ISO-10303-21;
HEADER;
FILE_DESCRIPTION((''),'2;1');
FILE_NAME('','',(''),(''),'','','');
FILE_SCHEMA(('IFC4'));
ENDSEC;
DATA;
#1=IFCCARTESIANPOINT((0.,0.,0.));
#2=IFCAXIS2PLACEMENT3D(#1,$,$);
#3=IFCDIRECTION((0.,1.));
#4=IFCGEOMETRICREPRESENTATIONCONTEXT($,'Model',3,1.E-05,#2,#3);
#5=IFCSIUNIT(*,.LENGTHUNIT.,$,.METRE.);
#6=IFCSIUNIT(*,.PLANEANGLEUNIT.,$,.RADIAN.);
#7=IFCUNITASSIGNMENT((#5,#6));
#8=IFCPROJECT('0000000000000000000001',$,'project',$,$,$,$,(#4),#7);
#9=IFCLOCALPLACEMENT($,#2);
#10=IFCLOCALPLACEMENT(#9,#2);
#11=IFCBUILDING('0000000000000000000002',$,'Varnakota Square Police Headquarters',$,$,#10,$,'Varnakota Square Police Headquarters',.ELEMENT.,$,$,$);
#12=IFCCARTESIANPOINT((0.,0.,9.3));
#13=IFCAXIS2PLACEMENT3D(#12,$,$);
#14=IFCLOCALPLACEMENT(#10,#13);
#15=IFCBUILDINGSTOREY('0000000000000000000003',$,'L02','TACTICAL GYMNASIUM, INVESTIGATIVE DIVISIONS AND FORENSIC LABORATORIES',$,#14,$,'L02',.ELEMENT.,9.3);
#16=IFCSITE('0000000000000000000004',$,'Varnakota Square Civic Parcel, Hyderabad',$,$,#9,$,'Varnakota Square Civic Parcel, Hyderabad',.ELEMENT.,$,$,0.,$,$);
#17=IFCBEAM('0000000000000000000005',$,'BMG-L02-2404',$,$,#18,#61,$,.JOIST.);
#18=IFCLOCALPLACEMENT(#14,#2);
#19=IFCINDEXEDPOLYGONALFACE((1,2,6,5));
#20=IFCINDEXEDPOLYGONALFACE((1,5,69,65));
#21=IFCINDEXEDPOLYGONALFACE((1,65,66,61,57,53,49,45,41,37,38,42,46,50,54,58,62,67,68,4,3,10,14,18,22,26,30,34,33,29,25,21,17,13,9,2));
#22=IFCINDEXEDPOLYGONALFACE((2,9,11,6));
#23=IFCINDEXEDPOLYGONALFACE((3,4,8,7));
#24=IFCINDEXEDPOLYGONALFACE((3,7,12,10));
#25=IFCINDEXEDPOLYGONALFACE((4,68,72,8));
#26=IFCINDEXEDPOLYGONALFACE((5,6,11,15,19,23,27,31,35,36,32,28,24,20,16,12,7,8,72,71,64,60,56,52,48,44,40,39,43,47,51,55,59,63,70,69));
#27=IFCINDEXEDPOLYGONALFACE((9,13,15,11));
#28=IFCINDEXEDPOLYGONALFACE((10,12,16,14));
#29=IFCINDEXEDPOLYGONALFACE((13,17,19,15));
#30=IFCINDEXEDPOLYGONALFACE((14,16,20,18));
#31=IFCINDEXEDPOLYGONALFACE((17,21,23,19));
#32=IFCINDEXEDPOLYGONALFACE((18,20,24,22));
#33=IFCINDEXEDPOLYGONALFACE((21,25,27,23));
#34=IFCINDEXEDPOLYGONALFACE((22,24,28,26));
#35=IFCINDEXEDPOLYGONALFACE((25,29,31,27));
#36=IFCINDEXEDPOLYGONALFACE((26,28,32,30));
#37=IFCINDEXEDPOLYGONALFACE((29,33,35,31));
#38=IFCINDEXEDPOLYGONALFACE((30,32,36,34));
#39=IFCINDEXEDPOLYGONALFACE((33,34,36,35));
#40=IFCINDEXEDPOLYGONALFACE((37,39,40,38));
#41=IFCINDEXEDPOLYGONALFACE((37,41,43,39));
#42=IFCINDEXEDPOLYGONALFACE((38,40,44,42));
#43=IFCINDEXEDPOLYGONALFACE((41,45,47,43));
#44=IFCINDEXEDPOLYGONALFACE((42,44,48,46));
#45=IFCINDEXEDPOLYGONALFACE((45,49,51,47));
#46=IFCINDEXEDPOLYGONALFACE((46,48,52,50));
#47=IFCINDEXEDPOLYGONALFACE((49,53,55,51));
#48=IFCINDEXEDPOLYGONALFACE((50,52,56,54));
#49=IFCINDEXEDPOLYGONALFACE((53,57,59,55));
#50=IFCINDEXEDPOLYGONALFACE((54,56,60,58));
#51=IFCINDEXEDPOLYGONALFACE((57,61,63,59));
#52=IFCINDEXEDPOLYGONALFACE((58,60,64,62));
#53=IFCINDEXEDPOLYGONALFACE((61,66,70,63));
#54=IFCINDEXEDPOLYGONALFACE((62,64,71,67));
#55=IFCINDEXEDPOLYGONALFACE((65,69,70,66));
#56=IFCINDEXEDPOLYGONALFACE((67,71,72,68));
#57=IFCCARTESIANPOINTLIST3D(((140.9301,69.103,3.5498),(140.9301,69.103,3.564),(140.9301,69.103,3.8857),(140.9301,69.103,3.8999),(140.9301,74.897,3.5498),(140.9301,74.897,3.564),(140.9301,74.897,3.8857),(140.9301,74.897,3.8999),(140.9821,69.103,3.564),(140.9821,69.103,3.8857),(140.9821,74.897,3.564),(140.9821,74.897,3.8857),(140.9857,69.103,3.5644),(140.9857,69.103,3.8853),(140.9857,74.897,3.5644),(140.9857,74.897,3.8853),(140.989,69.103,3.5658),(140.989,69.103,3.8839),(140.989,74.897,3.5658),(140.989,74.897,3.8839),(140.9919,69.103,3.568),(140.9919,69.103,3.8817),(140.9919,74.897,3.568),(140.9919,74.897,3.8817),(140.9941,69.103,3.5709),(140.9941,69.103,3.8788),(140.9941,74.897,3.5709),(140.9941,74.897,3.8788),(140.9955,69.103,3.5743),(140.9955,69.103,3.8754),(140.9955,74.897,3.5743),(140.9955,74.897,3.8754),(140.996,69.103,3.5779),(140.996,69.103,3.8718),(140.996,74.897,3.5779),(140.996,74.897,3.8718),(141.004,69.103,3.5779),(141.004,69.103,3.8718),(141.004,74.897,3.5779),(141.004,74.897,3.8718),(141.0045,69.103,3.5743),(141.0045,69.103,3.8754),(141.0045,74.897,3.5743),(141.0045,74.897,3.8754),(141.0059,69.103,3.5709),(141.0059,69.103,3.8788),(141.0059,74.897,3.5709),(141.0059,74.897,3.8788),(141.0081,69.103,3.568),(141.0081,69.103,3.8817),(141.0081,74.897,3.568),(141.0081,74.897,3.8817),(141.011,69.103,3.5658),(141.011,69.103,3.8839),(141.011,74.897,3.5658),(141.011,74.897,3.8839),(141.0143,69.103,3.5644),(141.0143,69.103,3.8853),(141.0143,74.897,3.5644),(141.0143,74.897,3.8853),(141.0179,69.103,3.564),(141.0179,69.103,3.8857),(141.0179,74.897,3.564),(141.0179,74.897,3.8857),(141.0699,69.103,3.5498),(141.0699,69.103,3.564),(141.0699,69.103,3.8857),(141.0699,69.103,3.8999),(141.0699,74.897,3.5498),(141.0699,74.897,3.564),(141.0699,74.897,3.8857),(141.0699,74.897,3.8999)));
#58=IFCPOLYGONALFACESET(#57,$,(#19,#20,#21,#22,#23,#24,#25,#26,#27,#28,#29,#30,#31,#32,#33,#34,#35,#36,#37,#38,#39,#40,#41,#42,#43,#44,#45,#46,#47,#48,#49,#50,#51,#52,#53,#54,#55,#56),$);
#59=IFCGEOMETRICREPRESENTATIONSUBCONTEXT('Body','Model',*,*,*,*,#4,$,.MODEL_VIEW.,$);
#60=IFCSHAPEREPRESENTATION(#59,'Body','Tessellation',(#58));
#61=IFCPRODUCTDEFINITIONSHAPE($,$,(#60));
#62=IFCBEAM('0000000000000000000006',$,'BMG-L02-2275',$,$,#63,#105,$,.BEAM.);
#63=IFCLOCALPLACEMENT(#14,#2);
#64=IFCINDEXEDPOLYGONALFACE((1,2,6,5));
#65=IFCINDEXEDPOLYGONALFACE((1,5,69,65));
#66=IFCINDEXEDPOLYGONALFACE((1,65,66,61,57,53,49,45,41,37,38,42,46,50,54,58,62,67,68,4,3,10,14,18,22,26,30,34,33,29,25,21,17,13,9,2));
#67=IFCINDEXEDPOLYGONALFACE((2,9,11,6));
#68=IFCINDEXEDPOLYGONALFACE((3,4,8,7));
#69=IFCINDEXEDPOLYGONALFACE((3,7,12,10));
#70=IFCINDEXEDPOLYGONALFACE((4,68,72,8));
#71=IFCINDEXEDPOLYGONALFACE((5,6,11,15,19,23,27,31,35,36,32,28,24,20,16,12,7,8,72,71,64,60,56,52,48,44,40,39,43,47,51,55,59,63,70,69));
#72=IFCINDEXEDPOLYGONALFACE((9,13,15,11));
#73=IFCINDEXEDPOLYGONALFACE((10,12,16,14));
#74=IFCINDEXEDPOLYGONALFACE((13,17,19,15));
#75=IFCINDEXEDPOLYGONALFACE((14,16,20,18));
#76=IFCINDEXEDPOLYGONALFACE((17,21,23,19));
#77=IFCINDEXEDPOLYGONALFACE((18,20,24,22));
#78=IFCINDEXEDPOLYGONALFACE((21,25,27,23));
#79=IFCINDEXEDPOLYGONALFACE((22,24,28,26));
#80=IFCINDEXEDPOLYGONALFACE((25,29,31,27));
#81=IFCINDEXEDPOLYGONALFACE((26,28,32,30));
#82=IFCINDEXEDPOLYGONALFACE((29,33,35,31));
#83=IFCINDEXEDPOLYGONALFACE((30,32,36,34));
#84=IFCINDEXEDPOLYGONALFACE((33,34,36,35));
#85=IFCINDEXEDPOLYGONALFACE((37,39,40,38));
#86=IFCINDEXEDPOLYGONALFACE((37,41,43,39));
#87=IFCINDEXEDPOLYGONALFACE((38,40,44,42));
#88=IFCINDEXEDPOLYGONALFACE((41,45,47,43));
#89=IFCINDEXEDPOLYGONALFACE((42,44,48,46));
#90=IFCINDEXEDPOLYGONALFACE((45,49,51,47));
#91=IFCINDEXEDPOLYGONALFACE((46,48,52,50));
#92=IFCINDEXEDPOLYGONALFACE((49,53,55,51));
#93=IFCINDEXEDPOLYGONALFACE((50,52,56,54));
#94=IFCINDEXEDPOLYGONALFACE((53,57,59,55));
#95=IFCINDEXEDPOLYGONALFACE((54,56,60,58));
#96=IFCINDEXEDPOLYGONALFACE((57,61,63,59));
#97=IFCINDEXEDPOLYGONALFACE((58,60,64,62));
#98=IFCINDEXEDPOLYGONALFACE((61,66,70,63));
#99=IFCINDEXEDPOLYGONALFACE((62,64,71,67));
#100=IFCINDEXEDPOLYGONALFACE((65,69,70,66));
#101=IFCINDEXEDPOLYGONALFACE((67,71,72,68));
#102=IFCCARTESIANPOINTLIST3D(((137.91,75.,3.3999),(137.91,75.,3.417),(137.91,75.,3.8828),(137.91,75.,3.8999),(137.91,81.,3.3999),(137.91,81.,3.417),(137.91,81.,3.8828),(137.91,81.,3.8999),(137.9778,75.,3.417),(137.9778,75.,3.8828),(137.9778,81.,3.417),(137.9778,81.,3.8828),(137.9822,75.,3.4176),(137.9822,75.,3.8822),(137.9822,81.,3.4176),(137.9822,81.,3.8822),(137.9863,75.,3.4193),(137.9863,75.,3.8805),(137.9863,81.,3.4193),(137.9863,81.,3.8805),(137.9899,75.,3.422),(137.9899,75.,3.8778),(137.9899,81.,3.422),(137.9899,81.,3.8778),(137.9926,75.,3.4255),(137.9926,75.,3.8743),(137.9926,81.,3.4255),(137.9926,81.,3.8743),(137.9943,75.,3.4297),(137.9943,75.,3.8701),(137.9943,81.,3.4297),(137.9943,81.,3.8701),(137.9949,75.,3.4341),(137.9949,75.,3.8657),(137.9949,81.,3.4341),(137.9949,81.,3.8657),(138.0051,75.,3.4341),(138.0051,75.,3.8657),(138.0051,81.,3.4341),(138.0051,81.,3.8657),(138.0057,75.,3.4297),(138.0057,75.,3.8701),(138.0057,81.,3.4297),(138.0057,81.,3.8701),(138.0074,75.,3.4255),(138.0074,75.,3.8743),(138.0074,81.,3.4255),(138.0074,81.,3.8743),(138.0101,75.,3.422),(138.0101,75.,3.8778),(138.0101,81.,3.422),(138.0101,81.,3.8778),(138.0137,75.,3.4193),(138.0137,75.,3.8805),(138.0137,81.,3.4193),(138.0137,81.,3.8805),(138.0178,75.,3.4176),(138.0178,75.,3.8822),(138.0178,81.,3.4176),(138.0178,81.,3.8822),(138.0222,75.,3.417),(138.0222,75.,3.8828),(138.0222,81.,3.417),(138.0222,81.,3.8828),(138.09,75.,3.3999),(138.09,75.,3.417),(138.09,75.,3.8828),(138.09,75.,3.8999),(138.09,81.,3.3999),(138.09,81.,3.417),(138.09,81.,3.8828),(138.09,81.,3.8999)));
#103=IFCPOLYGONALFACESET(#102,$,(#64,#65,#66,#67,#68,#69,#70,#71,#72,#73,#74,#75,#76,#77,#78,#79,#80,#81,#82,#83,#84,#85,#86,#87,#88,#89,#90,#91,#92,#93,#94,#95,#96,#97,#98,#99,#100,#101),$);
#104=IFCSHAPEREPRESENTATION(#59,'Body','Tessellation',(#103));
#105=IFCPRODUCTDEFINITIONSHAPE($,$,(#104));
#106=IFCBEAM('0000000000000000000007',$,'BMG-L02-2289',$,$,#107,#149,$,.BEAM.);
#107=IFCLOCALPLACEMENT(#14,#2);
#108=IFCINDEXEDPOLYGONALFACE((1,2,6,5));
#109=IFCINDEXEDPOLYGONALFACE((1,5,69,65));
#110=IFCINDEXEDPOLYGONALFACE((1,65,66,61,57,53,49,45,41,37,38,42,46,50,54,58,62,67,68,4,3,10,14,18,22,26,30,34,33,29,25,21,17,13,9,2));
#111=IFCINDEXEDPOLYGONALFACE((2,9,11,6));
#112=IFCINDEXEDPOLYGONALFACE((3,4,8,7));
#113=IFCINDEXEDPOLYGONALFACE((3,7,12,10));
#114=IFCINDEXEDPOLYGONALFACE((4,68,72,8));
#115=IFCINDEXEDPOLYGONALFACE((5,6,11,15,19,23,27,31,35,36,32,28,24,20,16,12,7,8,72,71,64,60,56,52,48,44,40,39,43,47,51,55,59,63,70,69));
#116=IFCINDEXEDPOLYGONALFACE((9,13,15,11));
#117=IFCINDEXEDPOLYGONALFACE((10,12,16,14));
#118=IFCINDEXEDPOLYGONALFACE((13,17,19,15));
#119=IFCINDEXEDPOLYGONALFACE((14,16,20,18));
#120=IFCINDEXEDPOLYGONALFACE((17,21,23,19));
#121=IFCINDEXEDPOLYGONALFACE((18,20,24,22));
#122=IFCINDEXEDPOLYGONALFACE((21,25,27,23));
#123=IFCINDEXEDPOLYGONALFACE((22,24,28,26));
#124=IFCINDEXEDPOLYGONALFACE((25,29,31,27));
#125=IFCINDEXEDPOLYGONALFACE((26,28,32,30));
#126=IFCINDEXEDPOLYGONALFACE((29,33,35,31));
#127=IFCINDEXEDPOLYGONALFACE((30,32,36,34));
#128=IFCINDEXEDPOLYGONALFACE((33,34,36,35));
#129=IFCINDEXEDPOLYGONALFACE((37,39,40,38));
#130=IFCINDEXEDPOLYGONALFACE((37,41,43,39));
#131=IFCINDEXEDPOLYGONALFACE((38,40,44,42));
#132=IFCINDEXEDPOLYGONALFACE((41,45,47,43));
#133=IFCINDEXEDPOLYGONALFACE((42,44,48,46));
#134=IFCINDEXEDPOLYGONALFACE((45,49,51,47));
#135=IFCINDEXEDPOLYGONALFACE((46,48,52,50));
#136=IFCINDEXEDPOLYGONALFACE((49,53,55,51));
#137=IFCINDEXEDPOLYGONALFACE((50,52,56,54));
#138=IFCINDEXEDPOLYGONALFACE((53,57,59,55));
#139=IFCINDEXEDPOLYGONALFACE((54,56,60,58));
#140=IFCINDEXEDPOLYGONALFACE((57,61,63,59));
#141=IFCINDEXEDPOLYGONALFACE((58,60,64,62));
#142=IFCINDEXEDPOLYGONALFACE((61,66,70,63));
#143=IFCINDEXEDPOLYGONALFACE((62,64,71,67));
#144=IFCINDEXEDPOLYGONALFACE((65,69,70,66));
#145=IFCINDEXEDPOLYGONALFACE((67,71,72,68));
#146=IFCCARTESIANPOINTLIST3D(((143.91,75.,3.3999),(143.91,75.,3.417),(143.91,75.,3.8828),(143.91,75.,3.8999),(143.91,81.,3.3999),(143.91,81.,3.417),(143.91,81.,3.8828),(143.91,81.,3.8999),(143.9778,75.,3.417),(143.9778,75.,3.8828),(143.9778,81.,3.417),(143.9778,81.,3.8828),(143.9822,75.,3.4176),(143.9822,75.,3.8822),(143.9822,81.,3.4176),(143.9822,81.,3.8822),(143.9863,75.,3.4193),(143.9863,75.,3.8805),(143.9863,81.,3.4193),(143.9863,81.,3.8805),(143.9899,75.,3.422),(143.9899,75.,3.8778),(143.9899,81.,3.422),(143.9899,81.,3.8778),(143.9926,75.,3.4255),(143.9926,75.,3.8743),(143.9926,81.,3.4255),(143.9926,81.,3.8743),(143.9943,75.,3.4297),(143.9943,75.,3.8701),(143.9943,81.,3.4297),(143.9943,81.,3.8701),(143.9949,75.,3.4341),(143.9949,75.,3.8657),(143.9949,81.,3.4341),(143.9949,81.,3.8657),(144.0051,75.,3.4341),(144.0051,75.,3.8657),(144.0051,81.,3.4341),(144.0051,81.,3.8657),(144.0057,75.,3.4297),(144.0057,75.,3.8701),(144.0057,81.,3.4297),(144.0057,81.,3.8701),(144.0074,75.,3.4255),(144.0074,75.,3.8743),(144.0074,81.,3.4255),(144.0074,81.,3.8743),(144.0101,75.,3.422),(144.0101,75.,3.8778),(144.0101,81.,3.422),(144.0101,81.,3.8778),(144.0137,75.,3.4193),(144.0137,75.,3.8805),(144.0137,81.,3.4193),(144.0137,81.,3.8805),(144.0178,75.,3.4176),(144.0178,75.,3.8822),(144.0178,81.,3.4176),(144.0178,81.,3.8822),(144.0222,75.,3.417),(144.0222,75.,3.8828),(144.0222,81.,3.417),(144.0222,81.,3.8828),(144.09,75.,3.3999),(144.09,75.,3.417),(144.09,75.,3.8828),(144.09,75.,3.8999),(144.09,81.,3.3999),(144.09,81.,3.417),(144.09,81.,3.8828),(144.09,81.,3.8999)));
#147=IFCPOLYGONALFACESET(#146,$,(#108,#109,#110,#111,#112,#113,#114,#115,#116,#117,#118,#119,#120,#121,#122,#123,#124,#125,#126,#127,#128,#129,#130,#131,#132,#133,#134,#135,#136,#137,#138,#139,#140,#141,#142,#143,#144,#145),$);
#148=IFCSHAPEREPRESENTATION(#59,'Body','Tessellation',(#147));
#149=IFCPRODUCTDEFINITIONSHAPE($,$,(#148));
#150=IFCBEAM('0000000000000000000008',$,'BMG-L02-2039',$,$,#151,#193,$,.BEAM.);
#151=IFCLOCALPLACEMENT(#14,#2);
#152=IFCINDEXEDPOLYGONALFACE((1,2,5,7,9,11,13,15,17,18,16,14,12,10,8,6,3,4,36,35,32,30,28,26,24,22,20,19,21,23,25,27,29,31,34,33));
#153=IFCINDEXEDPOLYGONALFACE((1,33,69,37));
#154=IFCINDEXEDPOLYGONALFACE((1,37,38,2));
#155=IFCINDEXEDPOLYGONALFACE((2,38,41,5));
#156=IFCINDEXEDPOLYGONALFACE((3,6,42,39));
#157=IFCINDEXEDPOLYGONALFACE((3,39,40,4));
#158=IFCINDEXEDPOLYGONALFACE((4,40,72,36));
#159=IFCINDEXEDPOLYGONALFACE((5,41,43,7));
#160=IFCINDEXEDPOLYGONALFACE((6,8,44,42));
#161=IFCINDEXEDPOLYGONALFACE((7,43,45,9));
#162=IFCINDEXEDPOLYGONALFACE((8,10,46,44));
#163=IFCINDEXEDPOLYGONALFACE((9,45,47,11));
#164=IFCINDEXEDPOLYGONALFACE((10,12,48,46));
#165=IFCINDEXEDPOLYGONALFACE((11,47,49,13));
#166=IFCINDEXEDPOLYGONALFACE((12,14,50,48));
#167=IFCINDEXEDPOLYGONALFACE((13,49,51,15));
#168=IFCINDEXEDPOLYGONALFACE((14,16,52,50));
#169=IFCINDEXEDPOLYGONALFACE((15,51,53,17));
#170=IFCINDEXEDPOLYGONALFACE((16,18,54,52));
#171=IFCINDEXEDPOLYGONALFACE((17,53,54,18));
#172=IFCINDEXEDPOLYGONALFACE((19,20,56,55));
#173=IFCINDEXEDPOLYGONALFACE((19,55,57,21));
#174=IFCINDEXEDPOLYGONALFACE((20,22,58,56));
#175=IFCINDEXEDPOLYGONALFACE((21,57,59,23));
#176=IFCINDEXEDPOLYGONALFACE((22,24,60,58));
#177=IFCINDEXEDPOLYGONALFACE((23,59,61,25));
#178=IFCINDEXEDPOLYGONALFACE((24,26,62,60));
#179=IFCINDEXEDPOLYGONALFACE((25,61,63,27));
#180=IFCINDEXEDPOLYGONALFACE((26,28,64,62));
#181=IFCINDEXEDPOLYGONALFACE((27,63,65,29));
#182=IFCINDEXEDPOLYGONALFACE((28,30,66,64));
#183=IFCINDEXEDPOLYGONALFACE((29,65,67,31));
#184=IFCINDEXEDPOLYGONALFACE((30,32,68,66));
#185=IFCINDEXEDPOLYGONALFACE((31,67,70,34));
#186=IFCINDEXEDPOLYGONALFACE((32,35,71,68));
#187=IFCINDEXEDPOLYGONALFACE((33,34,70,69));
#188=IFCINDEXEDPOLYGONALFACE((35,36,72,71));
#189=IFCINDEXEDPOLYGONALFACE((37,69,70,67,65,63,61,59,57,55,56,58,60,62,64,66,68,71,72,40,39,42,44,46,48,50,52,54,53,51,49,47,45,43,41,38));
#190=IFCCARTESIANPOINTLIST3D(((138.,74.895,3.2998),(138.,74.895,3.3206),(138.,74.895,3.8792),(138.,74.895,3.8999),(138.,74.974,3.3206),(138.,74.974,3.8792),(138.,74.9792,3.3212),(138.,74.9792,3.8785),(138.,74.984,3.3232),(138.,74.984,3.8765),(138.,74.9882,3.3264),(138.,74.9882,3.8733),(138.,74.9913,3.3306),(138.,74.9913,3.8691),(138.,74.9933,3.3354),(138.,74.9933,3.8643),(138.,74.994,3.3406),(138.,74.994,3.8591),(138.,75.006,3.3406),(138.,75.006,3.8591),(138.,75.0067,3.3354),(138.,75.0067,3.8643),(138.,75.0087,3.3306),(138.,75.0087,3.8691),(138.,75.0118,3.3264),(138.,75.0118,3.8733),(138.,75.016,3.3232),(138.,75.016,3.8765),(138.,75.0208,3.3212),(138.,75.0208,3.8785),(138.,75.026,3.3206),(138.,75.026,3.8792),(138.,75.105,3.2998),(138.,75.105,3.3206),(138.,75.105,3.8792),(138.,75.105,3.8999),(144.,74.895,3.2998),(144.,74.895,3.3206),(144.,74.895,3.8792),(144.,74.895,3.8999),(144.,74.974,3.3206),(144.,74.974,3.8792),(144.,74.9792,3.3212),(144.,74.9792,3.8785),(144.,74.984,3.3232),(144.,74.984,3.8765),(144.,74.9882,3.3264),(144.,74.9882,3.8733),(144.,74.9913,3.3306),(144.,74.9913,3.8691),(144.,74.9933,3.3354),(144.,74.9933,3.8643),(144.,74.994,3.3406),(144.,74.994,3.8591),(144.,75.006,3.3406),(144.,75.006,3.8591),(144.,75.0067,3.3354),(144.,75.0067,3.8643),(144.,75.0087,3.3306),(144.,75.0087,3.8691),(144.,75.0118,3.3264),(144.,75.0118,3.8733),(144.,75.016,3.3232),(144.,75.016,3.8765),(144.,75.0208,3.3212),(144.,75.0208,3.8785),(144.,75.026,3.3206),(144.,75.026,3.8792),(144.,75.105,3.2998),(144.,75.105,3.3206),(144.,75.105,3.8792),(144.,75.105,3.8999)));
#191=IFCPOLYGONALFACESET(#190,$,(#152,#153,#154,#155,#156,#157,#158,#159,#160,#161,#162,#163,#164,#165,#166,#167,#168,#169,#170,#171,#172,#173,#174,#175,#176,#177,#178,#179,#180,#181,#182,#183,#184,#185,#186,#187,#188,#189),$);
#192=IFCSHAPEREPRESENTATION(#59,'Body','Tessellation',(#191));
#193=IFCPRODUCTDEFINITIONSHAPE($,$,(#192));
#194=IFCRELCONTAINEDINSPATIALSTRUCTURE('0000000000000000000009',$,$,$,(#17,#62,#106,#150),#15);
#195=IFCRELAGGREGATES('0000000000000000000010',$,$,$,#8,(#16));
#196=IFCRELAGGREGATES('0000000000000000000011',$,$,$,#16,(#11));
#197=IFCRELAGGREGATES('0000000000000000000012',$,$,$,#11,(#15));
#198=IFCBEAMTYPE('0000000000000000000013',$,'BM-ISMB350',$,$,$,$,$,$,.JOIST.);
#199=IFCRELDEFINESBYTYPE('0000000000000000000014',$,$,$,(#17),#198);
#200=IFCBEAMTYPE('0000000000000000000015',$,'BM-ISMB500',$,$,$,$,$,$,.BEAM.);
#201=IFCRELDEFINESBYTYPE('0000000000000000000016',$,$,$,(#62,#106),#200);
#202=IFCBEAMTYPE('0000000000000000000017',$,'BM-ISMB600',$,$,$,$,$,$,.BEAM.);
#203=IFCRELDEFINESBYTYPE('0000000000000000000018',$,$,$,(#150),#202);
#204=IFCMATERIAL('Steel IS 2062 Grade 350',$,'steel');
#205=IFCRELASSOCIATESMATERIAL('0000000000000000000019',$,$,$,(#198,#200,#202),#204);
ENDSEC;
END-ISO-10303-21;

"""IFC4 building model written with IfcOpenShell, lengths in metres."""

from ifc_helpers import new_model, si_unit, direction, frame, origin, origin_2d, place, context, subcontext, project, spatial, i_section, extrude, material, material_profile, profile_set, type_object, element, save


model = new_model("IFC4")

# Units and contexts
model_context = context("Model", 3, precision=1e-05, world=origin(), true_north=direction((0.0, 1.0)))
body_context = subcontext(model_context, "Body", "Model", "MODEL_VIEW")
ifc_project = project(units=[si_unit("LENGTHUNIT", "METRE"), si_unit("PLANEANGLEUNIT", "RADIAN")], contexts=[model_context])

# Site, building, storey
site_placement = place(None, origin())
site = spatial("IfcSite", under=ifc_project, at=site_placement, Name="Varnakota Square Civic Parcel, Hyderabad", LongName="Varnakota Square Civic Parcel, Hyderabad", CompositionType="ELEMENT", RefElevation=0.0)
building_placement = place(site_placement, origin())
building = spatial("IfcBuilding", under=site, at=building_placement, Name="Varnakota Square Police Headquarters", LongName="Varnakota Square Police Headquarters", CompositionType="ELEMENT")
storey_placement = place(building_placement, frame((0.0, 0.0, 9.3)))
storey = spatial("IfcBuildingStorey", under=building, at=storey_placement, Name="L02", Description="TACTICAL GYMNASIUM, INVESTIGATIVE DIVISIONS AND FORENSIC LABORATORIES", LongName="L02", CompositionType="ELEMENT", Elevation=9.3)

# Shared definitions
ifc_material_1 = material(Name="Steel IS 2062 Grade 350", Category="steel")

# Beams
ifc_material_profile_1 = material_profile(ifc_material_1, i_section(OverallWidth=0.1399, OverallDepth=0.3501, WebThickness=0.0081, FlangeThickness=0.0142, FilletRadius=0.0139, at=origin_2d()), Name="ISMB 350")
ifc_profile_set_1 = profile_set([ifc_material_profile_1], Name="Steel IS 2062 Grade 350")
beam_type_1 = type_object("IfcBeamType", Name="BM-ISMB350", PredefinedType="JOIST", material=ifc_profile_set_1)
beam_1_placement = place(storey_placement, frame((141.0, 69.103, 3.7249), z_axis=(0.0, 1.0, 0.0), x_axis=(-1.0, 0.0, 0.0)))
element("IfcBeam", 1, at=beam_1_placement, inside=storey, type_object=beam_type_1, Name="BMG-L02-2404", PredefinedType="JOIST", context=body_context, shape_type="SweptSolid", body=[
    extrude(i_section(OverallWidth=0.1399, OverallDepth=0.3501, WebThickness=0.0081, FlangeThickness=0.0142, FilletRadius=0.0139, at=origin_2d()), origin(), (0.0, 0.0, 1.0), 5.7939),
])
ifc_material_profile_2 = material_profile(ifc_material_1, i_section(OverallWidth=0.1799, OverallDepth=0.5, WebThickness=0.0103, FlangeThickness=0.0171, FilletRadius=0.0171, at=origin_2d()), Name="ISMB 500")
ifc_profile_set_2 = profile_set([ifc_material_profile_2], Name="Steel IS 2062 Grade 350")
beam_type_2 = type_object("IfcBeamType", Name="BM-ISMB500", PredefinedType="BEAM", material=ifc_profile_set_2)
for number, where, z_axis, x_axis, name in (
    (2, (138.0, 75.0, 3.6499), (0.0, 1.0, 0.0), (-1.0, 0.0, 0.0), "BMG-L02-2275"),
    (3, (144.0, 75.0, 3.6499), (0.0, 1.0, 0.0), (-1.0, 0.0, 0.0), "BMG-L02-2289"),
):
    element("IfcBeam", number, at=place(storey_placement, frame(where, z_axis=z_axis, x_axis=x_axis)), inside=storey, type_object=beam_type_2, Name=name, PredefinedType="BEAM", context=body_context, shape_type="SweptSolid", body=[
        extrude(i_section(OverallWidth=0.1799, OverallDepth=0.5, WebThickness=0.0103, FlangeThickness=0.0171, FilletRadius=0.0171, at=origin_2d()), origin(), (0.0, 0.0, 1.0), 6.0),
    ])
ifc_material_profile_3 = material_profile(ifc_material_1, i_section(OverallWidth=0.21, OverallDepth=0.6001, WebThickness=0.012, FlangeThickness=0.0208, FilletRadius=0.02, at=origin_2d()), Name="ISMB 600")
ifc_profile_set_3 = profile_set([ifc_material_profile_3], Name="Steel IS 2062 Grade 350")
beam_type_3 = type_object("IfcBeamType", Name="BM-ISMB600", PredefinedType="BEAM", material=ifc_profile_set_3)
beam_2_placement = place(storey_placement, frame((138.0, 75.0, 3.5999), z_axis=(1.0, 0.0, 0.0), x_axis=(0.0, 1.0, 0.0)))
element("IfcBeam", 4, at=beam_2_placement, inside=storey, type_object=beam_type_3, Name="BMG-L02-2039", PredefinedType="BEAM", context=body_context, shape_type="SweptSolid", body=[
    extrude(i_section(OverallWidth=0.21, OverallDepth=0.6001, WebThickness=0.012, FlangeThickness=0.0208, FilletRadius=0.02, at=origin_2d()), origin(), (0.0, 0.0, 1.0), 6.0),
])

save(model, "model.ifc")
